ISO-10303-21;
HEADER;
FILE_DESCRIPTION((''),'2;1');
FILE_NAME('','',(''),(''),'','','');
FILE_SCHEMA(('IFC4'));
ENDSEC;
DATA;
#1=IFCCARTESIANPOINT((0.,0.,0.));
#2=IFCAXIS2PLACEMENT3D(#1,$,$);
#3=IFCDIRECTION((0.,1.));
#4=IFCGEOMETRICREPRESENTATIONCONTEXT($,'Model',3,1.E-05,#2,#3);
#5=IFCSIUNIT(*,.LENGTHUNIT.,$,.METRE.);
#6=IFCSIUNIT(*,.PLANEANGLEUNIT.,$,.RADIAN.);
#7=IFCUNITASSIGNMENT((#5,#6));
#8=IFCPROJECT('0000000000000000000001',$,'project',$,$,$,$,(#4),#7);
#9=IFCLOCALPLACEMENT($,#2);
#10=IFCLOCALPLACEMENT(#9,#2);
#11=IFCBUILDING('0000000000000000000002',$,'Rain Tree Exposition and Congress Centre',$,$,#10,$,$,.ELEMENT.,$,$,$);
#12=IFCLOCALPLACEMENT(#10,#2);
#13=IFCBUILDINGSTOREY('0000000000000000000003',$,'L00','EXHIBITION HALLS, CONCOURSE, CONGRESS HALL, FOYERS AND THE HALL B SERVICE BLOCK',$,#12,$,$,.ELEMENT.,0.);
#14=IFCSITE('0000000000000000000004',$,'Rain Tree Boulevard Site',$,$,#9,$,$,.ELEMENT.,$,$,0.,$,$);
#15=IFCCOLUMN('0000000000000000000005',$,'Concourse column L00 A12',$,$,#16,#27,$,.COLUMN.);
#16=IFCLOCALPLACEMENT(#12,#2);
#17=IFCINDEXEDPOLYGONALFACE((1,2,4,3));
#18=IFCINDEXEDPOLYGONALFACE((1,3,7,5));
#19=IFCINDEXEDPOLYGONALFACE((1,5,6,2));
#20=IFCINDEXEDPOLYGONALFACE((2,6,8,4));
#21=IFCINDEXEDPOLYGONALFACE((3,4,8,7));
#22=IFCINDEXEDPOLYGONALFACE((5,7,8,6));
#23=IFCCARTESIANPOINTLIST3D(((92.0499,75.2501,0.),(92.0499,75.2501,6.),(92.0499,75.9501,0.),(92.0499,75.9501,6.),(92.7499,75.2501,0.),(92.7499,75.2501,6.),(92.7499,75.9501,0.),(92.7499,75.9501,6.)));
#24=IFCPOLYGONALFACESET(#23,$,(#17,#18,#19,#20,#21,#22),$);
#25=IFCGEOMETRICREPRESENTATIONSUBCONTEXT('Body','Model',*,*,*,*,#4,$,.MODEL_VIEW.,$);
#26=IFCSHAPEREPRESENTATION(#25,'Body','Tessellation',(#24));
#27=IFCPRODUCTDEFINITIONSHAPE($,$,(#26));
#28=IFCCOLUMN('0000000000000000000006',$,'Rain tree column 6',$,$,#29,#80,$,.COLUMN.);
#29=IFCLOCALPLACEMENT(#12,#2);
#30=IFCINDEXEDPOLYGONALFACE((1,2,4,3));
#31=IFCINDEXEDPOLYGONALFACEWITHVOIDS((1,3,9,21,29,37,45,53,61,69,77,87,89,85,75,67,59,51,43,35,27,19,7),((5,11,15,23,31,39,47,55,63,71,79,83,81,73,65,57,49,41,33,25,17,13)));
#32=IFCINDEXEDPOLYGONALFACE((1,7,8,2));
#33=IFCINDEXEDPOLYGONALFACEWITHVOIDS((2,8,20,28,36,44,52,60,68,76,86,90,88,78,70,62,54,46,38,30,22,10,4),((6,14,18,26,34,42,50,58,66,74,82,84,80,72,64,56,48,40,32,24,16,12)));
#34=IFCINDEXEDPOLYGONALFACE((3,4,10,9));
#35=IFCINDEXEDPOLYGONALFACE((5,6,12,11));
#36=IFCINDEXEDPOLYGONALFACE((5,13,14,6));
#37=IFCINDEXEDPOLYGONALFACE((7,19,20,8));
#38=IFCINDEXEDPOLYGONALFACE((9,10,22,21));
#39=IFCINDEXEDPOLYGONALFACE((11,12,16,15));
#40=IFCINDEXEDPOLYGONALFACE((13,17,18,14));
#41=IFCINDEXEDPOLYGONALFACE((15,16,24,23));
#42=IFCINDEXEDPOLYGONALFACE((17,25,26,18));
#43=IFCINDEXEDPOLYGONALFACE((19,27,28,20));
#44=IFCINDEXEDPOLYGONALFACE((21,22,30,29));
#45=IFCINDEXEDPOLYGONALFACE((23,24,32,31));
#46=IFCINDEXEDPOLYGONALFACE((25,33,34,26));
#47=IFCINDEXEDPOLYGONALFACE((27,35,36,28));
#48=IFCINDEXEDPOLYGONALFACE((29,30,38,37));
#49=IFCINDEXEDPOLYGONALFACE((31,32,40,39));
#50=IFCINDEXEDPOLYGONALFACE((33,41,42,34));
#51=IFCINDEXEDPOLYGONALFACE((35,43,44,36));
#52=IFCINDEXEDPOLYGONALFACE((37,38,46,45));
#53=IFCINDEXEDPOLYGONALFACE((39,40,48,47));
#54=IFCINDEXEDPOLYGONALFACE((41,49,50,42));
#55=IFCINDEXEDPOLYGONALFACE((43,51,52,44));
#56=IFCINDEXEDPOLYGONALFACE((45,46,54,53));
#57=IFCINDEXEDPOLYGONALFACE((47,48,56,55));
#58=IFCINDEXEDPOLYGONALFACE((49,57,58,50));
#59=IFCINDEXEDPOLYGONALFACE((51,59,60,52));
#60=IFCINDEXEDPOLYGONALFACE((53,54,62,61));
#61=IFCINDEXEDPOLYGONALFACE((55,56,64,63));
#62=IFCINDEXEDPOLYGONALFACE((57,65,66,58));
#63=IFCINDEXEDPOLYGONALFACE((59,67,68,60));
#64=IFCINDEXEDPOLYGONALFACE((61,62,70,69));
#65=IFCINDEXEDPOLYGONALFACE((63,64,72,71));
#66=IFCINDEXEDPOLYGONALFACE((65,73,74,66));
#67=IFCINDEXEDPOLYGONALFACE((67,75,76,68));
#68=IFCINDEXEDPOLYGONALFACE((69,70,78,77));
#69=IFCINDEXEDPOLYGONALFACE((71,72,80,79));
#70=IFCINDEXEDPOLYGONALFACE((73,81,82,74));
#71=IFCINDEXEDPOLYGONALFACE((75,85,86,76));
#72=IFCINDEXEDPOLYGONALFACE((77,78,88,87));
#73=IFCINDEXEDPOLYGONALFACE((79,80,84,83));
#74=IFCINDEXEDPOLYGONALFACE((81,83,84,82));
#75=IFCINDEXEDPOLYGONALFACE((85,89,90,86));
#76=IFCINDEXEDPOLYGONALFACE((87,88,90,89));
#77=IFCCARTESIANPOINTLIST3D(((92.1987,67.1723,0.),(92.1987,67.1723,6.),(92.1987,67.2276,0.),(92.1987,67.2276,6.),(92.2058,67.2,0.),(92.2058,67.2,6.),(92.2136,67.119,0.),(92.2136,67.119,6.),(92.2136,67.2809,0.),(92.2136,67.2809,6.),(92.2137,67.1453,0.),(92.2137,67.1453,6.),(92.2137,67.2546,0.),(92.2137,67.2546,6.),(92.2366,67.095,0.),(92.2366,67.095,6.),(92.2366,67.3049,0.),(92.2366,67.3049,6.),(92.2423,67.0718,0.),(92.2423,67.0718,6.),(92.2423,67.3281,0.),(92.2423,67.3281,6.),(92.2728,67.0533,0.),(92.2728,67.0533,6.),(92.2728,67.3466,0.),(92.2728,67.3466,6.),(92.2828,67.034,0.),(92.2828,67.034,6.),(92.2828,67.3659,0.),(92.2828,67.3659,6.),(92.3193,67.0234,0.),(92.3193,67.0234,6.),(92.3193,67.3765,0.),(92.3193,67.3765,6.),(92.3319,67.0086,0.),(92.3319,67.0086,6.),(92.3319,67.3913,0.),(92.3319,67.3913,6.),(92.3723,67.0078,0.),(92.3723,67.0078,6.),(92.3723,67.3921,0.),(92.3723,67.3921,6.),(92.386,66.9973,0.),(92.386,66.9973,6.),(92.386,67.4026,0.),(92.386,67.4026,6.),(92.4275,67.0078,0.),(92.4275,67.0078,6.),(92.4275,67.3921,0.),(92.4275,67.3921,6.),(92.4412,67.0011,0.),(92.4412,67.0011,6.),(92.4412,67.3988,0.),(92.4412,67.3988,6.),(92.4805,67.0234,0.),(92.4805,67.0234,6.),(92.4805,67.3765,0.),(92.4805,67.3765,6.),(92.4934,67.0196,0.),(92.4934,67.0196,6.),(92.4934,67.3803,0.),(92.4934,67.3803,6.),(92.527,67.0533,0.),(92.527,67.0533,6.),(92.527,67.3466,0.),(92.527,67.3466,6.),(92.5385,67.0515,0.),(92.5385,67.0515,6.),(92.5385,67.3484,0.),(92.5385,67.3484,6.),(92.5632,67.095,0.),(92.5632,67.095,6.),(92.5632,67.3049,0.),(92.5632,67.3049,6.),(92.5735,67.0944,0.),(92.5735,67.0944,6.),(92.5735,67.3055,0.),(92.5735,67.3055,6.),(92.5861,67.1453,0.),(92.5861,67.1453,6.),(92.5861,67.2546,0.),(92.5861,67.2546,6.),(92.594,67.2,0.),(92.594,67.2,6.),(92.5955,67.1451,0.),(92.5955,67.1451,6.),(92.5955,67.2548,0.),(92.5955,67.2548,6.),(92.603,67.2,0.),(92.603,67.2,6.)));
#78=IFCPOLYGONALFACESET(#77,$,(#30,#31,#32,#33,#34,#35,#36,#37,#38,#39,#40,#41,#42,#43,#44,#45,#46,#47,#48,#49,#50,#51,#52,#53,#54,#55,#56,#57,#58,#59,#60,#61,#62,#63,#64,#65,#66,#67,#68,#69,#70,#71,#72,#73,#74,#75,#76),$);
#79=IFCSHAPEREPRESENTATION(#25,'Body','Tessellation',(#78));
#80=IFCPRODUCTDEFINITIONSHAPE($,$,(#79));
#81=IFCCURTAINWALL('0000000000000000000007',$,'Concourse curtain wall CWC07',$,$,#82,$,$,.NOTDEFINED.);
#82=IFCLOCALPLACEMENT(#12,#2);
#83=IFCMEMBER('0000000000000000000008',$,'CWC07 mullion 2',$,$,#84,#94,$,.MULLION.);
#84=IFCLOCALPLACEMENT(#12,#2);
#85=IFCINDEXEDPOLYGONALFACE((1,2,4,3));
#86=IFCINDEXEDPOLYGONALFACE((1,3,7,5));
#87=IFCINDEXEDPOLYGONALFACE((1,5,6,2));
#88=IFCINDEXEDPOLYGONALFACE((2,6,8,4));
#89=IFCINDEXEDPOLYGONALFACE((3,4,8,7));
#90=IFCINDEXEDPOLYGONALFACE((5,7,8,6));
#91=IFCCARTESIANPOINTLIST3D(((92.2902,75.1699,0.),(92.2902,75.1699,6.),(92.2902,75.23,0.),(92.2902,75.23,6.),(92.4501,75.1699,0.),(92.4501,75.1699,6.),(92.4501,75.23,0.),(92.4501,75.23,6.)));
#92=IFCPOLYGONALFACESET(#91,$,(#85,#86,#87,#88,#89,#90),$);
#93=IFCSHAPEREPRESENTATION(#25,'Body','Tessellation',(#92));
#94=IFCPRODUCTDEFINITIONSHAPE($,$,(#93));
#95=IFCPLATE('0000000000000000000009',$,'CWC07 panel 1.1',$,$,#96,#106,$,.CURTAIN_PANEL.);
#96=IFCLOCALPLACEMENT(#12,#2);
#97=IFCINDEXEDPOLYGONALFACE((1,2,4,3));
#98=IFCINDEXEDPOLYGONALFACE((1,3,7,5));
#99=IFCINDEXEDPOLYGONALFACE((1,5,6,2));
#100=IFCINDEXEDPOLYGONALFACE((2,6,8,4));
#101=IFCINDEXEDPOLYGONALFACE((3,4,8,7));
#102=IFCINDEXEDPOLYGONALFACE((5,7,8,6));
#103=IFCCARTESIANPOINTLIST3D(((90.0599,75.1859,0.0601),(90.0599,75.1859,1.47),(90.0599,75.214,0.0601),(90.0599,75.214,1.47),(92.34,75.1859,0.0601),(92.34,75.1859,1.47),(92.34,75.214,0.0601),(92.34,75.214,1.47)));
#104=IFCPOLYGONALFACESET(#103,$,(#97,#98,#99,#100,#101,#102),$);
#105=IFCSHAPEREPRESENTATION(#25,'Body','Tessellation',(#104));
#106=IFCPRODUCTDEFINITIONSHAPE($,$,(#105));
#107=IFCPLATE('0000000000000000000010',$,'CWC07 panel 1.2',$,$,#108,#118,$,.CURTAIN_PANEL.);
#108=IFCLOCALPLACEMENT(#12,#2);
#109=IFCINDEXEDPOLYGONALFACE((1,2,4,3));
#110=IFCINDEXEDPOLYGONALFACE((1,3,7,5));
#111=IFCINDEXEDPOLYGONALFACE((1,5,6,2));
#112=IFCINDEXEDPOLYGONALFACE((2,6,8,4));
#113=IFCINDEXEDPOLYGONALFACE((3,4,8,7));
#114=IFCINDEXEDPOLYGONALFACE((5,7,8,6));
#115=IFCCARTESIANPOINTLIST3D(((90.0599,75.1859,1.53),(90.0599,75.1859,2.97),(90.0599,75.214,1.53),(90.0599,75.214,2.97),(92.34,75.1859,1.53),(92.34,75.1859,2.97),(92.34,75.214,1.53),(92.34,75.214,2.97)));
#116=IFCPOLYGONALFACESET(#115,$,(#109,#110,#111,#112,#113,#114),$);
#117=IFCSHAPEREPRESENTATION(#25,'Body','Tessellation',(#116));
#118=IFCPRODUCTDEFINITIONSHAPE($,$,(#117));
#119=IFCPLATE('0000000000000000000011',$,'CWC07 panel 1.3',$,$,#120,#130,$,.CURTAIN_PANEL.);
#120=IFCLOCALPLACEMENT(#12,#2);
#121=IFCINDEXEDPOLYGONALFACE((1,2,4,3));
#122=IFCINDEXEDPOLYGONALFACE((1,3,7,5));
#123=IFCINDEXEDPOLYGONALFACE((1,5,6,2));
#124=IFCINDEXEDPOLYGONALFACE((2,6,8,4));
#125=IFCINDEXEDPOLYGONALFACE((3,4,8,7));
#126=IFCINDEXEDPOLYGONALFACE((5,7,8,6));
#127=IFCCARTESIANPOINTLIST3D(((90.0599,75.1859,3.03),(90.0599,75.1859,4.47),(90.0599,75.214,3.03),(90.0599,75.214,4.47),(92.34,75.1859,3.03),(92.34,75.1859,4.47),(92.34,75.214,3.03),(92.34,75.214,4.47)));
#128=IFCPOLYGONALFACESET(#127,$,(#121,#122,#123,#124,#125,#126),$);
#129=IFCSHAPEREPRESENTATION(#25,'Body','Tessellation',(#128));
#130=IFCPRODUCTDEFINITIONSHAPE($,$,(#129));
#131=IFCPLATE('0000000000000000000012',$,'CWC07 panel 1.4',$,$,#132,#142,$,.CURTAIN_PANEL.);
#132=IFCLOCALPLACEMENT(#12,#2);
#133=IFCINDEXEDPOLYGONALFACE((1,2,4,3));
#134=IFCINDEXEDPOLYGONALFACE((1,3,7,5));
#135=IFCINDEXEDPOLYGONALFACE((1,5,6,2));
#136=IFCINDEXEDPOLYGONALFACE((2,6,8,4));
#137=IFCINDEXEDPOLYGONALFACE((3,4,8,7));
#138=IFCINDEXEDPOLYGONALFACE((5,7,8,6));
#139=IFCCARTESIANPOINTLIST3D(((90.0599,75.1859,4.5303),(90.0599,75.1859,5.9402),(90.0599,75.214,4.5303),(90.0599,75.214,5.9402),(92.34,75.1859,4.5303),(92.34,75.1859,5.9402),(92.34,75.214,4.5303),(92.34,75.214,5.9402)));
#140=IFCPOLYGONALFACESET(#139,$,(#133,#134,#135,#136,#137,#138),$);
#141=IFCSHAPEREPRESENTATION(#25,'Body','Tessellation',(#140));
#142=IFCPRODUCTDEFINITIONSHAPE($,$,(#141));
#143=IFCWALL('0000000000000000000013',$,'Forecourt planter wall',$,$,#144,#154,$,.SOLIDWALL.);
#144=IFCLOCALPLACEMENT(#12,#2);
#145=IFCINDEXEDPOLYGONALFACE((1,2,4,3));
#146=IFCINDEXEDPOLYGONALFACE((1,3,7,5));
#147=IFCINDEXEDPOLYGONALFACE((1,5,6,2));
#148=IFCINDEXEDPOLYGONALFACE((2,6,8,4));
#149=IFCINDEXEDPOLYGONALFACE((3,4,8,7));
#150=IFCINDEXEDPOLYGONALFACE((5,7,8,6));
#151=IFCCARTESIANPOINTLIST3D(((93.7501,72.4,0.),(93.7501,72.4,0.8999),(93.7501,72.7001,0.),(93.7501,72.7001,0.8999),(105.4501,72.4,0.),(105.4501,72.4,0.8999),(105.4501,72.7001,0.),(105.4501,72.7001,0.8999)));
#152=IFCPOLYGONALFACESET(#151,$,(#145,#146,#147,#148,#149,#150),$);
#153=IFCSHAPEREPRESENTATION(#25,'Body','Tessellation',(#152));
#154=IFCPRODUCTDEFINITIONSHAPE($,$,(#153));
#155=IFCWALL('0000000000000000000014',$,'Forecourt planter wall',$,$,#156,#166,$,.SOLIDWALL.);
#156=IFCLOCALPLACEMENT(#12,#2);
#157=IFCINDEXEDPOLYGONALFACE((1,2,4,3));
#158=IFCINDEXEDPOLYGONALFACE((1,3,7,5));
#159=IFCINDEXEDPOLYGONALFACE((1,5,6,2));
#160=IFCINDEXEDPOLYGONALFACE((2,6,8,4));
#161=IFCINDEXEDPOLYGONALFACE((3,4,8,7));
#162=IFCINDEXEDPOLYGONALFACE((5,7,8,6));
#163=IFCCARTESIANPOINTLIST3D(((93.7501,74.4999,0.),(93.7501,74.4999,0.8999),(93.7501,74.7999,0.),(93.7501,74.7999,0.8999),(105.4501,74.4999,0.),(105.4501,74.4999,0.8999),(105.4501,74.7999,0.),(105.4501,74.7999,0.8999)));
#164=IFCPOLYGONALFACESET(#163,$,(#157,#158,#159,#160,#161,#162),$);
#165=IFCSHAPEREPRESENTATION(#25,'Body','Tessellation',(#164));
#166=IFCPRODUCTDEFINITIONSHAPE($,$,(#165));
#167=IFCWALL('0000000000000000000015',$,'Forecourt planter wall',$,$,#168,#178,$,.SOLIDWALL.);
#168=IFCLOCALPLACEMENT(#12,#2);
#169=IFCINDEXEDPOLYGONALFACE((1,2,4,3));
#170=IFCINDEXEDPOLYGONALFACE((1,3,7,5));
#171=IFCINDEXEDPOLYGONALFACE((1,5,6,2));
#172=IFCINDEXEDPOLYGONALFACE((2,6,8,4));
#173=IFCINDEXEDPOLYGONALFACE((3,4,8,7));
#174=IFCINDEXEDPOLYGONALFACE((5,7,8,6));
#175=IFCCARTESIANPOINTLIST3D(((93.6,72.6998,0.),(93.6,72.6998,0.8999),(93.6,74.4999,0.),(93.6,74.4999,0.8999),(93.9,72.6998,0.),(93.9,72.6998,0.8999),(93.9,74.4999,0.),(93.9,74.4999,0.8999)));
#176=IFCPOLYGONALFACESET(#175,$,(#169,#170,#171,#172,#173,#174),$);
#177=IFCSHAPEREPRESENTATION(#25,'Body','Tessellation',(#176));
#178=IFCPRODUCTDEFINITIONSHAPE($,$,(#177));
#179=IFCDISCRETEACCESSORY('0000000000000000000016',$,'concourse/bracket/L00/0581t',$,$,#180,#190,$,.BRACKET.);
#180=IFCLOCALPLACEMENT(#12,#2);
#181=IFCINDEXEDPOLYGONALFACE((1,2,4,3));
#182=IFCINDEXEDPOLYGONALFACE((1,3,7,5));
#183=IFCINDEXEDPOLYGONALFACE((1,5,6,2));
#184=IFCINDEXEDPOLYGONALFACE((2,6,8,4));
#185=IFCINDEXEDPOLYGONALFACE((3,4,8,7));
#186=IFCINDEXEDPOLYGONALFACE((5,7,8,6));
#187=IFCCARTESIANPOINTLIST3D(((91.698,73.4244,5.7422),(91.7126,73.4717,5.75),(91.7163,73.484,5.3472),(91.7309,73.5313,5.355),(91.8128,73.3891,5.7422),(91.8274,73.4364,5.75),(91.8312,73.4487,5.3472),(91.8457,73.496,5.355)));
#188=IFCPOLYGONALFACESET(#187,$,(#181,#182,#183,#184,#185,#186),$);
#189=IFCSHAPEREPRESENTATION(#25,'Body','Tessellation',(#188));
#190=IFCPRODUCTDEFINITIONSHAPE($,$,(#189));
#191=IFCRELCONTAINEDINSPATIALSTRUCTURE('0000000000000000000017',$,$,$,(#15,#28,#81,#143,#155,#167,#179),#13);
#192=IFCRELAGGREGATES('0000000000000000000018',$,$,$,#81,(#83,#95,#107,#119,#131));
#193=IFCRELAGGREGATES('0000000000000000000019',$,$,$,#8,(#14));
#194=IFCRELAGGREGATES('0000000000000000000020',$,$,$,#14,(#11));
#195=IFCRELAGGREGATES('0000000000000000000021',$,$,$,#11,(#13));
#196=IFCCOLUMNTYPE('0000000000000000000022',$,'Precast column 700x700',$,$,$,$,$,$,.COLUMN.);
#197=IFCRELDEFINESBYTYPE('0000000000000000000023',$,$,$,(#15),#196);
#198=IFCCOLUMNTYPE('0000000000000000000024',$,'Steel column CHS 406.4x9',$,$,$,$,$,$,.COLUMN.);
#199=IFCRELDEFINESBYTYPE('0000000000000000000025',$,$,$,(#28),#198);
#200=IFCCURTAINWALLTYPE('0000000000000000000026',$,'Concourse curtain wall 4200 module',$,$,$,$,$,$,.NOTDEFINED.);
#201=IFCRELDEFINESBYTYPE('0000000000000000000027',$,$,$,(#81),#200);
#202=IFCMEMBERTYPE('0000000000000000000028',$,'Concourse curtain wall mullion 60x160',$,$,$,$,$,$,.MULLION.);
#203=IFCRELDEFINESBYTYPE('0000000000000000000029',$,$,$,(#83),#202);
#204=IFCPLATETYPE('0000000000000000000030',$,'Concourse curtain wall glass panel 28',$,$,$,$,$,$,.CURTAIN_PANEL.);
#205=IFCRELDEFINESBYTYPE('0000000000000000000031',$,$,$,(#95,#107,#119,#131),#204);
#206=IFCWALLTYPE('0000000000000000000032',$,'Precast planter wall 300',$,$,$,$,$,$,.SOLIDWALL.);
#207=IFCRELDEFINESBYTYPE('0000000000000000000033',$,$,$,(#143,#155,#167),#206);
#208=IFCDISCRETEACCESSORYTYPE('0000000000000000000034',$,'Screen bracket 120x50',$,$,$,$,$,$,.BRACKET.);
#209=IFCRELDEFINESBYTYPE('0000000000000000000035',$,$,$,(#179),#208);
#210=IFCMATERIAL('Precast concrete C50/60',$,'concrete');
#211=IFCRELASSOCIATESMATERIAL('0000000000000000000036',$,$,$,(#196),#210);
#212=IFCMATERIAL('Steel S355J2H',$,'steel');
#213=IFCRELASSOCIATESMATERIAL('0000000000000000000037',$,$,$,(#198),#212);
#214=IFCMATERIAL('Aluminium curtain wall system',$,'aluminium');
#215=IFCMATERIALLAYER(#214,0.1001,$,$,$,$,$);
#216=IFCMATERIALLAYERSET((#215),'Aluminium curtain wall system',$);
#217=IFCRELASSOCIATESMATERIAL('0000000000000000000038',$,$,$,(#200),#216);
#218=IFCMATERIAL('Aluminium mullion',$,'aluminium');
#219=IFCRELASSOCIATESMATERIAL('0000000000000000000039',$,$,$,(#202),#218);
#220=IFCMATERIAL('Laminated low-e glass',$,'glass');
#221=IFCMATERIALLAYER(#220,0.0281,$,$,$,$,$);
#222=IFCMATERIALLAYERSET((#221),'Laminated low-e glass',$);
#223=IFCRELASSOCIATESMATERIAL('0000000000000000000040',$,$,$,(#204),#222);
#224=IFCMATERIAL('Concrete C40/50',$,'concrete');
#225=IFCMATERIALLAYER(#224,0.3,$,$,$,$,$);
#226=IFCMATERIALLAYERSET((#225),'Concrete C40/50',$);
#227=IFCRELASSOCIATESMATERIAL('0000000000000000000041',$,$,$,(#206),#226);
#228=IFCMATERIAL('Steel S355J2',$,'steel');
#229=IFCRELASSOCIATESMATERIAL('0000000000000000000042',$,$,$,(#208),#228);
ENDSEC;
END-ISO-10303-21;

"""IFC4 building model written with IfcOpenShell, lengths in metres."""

from ifc_helpers import new_model, si_unit, direction, frame, frame_2d, origin, origin_2d, place, context, subcontext, project, spatial, rectangle, hollow_circle, extrude, material, layer, layer_set, material_profile, profile_set, type_object, element, aggregate, save


model = new_model("IFC4")

# Units and contexts
model_context = context("Model", 3, precision=1e-05, world=origin(), true_north=direction((0.0, 1.0)))
body_context = subcontext(model_context, "Body", "Model", "MODEL_VIEW")
ifc_project = project(units=[si_unit("LENGTHUNIT", "METRE"), si_unit("PLANEANGLEUNIT", "RADIAN")], contexts=[model_context])

# Site, building, storey
site_placement = place(None, origin())
site = spatial("IfcSite", under=ifc_project, at=site_placement, Name="Rain Tree Boulevard Site", CompositionType="ELEMENT", RefElevation=0.0)
building_placement = place(site_placement, origin())
building = spatial("IfcBuilding", under=site, at=building_placement, Name="Rain Tree Exposition and Congress Centre", CompositionType="ELEMENT")
storey_placement = place(building_placement, origin())
storey = spatial("IfcBuildingStorey", under=building, at=storey_placement, Name="L00", Description="EXHIBITION HALLS, CONCOURSE, CONGRESS HALL, FOYERS AND THE HALL B SERVICE BLOCK", CompositionType="ELEMENT", Elevation=0.0)

# Columns
ifc_material_1 = material(Name="Precast concrete C50/60", Category="concrete")
ifc_material_profile_1 = material_profile(ifc_material_1, rectangle(XDim=0.7, YDim=0.7, at=origin_2d()), Name="RC 700x700")
ifc_profile_set_1 = profile_set([ifc_material_profile_1], Name="Precast concrete C50/60")
column_type_1 = type_object("IfcColumnType", Name="Precast column 700x700", PredefinedType="COLUMN", material=ifc_profile_set_1)
column_1_placement = place(storey_placement, frame((92.3999, 75.6001, 0.0), z_axis=(0.0, 0.0, 1.0), x_axis=(1.0, 0.0, 0.0)))
element("IfcColumn", 1, at=column_1_placement, inside=storey, type_object=column_type_1, Name="Concourse column L00 A12", PredefinedType="COLUMN", context=body_context, shape_type="SweptSolid", body=[
    extrude(rectangle(XDim=0.7, YDim=0.7, at=origin_2d()), origin(), (0.0, 0.0, 1.0), 6.0),
])
ifc_material_2 = material(Name="Steel S355J2H", Category="steel")
ifc_material_profile_2 = material_profile(ifc_material_2, hollow_circle(Radius=0.2031, WallThickness=0.009, at=origin_2d()), Name="CHS 406.4x9")
ifc_profile_set_2 = profile_set([ifc_material_profile_2], Name="Steel S355J2H")
column_type_2 = type_object("IfcColumnType", Name="Steel column CHS 406.4x9", PredefinedType="COLUMN", material=ifc_profile_set_2)
column_2_placement = place(storey_placement, frame((92.3999, 67.2, 0.0), z_axis=(0.0, 0.0, 1.0), x_axis=(1.0, 0.0, 0.0)))
element("IfcColumn", 2, at=column_2_placement, inside=storey, type_object=column_type_2, Name="Rain tree column 6", PredefinedType="COLUMN", context=body_context, shape_type="SweptSolid", body=[
    extrude(hollow_circle(Radius=0.2031, WallThickness=0.009, at=origin_2d()), origin(), (0.0, 0.0, 1.0), 6.0),
])

# Curtain wall, member, plates
ifc_material_3 = material(Name="Aluminium curtain wall system", Category="aluminium")
ifc_layer_1 = layer(ifc_material_3, 0.1001)
ifc_layer_set_1 = layer_set([ifc_layer_1], Name="Aluminium curtain wall system")
curtain_wall_type = type_object("IfcCurtainWallType", Name="Concourse curtain wall 4200 module", PredefinedType="NOTDEFINED", material=ifc_layer_set_1)
curtain_wall_placement = place(storey_placement, origin())
curtain_wall = element("IfcCurtainWall", 3, at=curtain_wall_placement, inside=storey, type_object=curtain_wall_type, Name="Concourse curtain wall CWC07", PredefinedType="NOTDEFINED")
ifc_material_4 = material(Name="Aluminium mullion", Category="aluminium")
ifc_material_profile_3 = material_profile(ifc_material_4, rectangle(XDim=0.0601, YDim=0.1599, at=origin_2d()), Name="AL 60x160")
ifc_profile_set_3 = profile_set([ifc_material_profile_3], Name="Aluminium mullion")
member_type = type_object("IfcMemberType", Name="Concourse curtain wall mullion 60x160", PredefinedType="MULLION", material=ifc_profile_set_3)
member_placement = place(storey_placement, frame((92.3701, 75.2, 0.0), z_axis=(0.0, 0.0, 1.0), x_axis=(0.0, 1.0, 0.0)))
member = element("IfcMember", 4, at=member_placement, type_object=member_type, Name="CWC07 mullion 2", PredefinedType="MULLION", context=body_context, shape_type="SweptSolid", body=[
    extrude(rectangle(XDim=0.0601, YDim=0.1599, at=origin_2d()), origin(), (0.0, 0.0, 1.0), 6.0),
])
ifc_material_5 = material(Name="Laminated low-e glass", Category="glass")
ifc_layer_2 = layer(ifc_material_5, 0.0281)
ifc_layer_set_2 = layer_set([ifc_layer_2], Name="Laminated low-e glass")
plate_type = type_object("IfcPlateType", Name="Concourse curtain wall glass panel 28", PredefinedType="CURTAIN_PANEL", material=ifc_layer_set_2)
plate_1_placement = place(storey_placement, frame((91.2, 75.2, 0.0601), z_axis=(0.0, 0.0, 1.0), x_axis=(1.0, 0.0, 0.0)))
plate_1 = element("IfcPlate", 5, at=plate_1_placement, type_object=plate_type, Name="CWC07 panel 1.1", PredefinedType="CURTAIN_PANEL", context=body_context, shape_type="SweptSolid", body=[
    extrude(rectangle(XDim=2.28, YDim=0.0281, at=origin_2d()), origin(), (0.0, 0.0, 1.0), 1.4099),
])
plate_2_placement = place(storey_placement, frame((91.2, 75.2, 1.53), z_axis=(0.0, 0.0, 1.0), x_axis=(1.0, 0.0, 0.0)))
plate_2 = element("IfcPlate", 6, at=plate_2_placement, type_object=plate_type, Name="CWC07 panel 1.2", PredefinedType="CURTAIN_PANEL", context=body_context, shape_type="SweptSolid", body=[
    extrude(rectangle(XDim=2.28, YDim=0.0281, at=origin_2d()), origin(), (0.0, 0.0, 1.0), 1.4399),
])
plate_3_placement = place(storey_placement, frame((91.2, 75.2, 3.03), z_axis=(0.0, 0.0, 1.0), x_axis=(1.0, 0.0, 0.0)))
plate_3 = element("IfcPlate", 7, at=plate_3_placement, type_object=plate_type, Name="CWC07 panel 1.3", PredefinedType="CURTAIN_PANEL", context=body_context, shape_type="SweptSolid", body=[
    extrude(rectangle(XDim=2.28, YDim=0.0281, at=origin_2d()), origin(), (0.0, 0.0, 1.0), 1.4399),
])
plate_4_placement = place(storey_placement, frame((91.2, 75.2, 4.5303), z_axis=(0.0, 0.0, 1.0), x_axis=(1.0, 0.0, 0.0)))
plate_4 = element("IfcPlate", 8, at=plate_4_placement, type_object=plate_type, Name="CWC07 panel 1.4", PredefinedType="CURTAIN_PANEL", context=body_context, shape_type="SweptSolid", body=[
    extrude(rectangle(XDim=2.28, YDim=0.0281, at=origin_2d()), origin(), (0.0, 0.0, 1.0), 1.4099),
])
aggregate(curtain_wall, [member, plate_1, plate_2, plate_3, plate_4])

# Walls
ifc_material_6 = material(Name="Concrete C40/50", Category="concrete")
ifc_layer_3 = layer(ifc_material_6, 0.3)
ifc_layer_set_3 = layer_set([ifc_layer_3], Name="Concrete C40/50")
wall_type_1 = type_object("IfcWallType", Name="Precast planter wall 300", PredefinedType="SOLIDWALL", material=ifc_layer_set_3)
for number, where, z_axis, x_axis, name in (
    (9, (93.75, 72.55, 0.0), (0.0, 0.0, 1.0), (1.0, 0.0, 0.0), "Forecourt planter wall"),
    (10, (93.75, 74.6499, 0.0), (0.0, 0.0, 1.0), (1.0, 0.0, 0.0), "Forecourt planter wall"),
):
    element("IfcWall", number, at=place(storey_placement, frame(where, z_axis=z_axis, x_axis=x_axis)), inside=storey, type_object=wall_type_1, Name=name, PredefinedType="SOLIDWALL", context=body_context, shape_type="SweptSolid", body=[
        extrude(rectangle(XDim=11.7, YDim=0.3, at=frame_2d((5.8501, 0.0))), origin(), (0.0, 0.0, 1.0), 0.8999),
    ])
wall_1_placement = place(storey_placement, frame((93.75, 72.7, 0.0), z_axis=(0.0, 0.0, 1.0), x_axis=(0.0, 1.0, 0.0)))
element("IfcWall", 11, at=wall_1_placement, inside=storey, type_object=wall_type_1, Name="Forecourt planter wall", PredefinedType="SOLIDWALL", context=body_context, shape_type="SweptSolid", body=[
    extrude(rectangle(XDim=1.8, YDim=0.3, at=frame_2d((0.8999, 0.0))), origin(), (0.0, 0.0, 1.0), 0.8999),
])

# Discrete accessory
ifc_material_7 = material(Name="Steel S355J2", Category="steel")
ifc_material_profile_4 = material_profile(ifc_material_7, rectangle(XDim=0.1201, YDim=0.05, at=origin_2d()), Name="Flat bar 120x50")
ifc_profile_set_4 = profile_set([ifc_material_profile_4], Name="Steel S355J2")
discrete_accessory_type = type_object("IfcDiscreteAccessoryType", Name="Screen bracket 120x50", PredefinedType="BRACKET", material=ifc_profile_set_4)
for number, where, z_axis, x_axis, name in (
    (12, (91.781, 73.49, 5.3511), (-0.045787, -0.148961, 0.987782), (0.955864, -0.293811, 0.0), "concourse/bracket/L00/0581t"),
):
    element("IfcDiscreteAccessory", number, at=place(storey_placement, frame(where, z_axis=z_axis, x_axis=x_axis)), inside=storey, type_object=discrete_accessory_type, Name=name, PredefinedType="BRACKET", context=body_context, shape_type="SweptSolid", body=[
        extrude(rectangle(XDim=0.1201, YDim=0.05, at=origin_2d()), origin(), (0.0, 0.0, 1.0), 0.3999),
    ])

save(model, "model.ifc")
